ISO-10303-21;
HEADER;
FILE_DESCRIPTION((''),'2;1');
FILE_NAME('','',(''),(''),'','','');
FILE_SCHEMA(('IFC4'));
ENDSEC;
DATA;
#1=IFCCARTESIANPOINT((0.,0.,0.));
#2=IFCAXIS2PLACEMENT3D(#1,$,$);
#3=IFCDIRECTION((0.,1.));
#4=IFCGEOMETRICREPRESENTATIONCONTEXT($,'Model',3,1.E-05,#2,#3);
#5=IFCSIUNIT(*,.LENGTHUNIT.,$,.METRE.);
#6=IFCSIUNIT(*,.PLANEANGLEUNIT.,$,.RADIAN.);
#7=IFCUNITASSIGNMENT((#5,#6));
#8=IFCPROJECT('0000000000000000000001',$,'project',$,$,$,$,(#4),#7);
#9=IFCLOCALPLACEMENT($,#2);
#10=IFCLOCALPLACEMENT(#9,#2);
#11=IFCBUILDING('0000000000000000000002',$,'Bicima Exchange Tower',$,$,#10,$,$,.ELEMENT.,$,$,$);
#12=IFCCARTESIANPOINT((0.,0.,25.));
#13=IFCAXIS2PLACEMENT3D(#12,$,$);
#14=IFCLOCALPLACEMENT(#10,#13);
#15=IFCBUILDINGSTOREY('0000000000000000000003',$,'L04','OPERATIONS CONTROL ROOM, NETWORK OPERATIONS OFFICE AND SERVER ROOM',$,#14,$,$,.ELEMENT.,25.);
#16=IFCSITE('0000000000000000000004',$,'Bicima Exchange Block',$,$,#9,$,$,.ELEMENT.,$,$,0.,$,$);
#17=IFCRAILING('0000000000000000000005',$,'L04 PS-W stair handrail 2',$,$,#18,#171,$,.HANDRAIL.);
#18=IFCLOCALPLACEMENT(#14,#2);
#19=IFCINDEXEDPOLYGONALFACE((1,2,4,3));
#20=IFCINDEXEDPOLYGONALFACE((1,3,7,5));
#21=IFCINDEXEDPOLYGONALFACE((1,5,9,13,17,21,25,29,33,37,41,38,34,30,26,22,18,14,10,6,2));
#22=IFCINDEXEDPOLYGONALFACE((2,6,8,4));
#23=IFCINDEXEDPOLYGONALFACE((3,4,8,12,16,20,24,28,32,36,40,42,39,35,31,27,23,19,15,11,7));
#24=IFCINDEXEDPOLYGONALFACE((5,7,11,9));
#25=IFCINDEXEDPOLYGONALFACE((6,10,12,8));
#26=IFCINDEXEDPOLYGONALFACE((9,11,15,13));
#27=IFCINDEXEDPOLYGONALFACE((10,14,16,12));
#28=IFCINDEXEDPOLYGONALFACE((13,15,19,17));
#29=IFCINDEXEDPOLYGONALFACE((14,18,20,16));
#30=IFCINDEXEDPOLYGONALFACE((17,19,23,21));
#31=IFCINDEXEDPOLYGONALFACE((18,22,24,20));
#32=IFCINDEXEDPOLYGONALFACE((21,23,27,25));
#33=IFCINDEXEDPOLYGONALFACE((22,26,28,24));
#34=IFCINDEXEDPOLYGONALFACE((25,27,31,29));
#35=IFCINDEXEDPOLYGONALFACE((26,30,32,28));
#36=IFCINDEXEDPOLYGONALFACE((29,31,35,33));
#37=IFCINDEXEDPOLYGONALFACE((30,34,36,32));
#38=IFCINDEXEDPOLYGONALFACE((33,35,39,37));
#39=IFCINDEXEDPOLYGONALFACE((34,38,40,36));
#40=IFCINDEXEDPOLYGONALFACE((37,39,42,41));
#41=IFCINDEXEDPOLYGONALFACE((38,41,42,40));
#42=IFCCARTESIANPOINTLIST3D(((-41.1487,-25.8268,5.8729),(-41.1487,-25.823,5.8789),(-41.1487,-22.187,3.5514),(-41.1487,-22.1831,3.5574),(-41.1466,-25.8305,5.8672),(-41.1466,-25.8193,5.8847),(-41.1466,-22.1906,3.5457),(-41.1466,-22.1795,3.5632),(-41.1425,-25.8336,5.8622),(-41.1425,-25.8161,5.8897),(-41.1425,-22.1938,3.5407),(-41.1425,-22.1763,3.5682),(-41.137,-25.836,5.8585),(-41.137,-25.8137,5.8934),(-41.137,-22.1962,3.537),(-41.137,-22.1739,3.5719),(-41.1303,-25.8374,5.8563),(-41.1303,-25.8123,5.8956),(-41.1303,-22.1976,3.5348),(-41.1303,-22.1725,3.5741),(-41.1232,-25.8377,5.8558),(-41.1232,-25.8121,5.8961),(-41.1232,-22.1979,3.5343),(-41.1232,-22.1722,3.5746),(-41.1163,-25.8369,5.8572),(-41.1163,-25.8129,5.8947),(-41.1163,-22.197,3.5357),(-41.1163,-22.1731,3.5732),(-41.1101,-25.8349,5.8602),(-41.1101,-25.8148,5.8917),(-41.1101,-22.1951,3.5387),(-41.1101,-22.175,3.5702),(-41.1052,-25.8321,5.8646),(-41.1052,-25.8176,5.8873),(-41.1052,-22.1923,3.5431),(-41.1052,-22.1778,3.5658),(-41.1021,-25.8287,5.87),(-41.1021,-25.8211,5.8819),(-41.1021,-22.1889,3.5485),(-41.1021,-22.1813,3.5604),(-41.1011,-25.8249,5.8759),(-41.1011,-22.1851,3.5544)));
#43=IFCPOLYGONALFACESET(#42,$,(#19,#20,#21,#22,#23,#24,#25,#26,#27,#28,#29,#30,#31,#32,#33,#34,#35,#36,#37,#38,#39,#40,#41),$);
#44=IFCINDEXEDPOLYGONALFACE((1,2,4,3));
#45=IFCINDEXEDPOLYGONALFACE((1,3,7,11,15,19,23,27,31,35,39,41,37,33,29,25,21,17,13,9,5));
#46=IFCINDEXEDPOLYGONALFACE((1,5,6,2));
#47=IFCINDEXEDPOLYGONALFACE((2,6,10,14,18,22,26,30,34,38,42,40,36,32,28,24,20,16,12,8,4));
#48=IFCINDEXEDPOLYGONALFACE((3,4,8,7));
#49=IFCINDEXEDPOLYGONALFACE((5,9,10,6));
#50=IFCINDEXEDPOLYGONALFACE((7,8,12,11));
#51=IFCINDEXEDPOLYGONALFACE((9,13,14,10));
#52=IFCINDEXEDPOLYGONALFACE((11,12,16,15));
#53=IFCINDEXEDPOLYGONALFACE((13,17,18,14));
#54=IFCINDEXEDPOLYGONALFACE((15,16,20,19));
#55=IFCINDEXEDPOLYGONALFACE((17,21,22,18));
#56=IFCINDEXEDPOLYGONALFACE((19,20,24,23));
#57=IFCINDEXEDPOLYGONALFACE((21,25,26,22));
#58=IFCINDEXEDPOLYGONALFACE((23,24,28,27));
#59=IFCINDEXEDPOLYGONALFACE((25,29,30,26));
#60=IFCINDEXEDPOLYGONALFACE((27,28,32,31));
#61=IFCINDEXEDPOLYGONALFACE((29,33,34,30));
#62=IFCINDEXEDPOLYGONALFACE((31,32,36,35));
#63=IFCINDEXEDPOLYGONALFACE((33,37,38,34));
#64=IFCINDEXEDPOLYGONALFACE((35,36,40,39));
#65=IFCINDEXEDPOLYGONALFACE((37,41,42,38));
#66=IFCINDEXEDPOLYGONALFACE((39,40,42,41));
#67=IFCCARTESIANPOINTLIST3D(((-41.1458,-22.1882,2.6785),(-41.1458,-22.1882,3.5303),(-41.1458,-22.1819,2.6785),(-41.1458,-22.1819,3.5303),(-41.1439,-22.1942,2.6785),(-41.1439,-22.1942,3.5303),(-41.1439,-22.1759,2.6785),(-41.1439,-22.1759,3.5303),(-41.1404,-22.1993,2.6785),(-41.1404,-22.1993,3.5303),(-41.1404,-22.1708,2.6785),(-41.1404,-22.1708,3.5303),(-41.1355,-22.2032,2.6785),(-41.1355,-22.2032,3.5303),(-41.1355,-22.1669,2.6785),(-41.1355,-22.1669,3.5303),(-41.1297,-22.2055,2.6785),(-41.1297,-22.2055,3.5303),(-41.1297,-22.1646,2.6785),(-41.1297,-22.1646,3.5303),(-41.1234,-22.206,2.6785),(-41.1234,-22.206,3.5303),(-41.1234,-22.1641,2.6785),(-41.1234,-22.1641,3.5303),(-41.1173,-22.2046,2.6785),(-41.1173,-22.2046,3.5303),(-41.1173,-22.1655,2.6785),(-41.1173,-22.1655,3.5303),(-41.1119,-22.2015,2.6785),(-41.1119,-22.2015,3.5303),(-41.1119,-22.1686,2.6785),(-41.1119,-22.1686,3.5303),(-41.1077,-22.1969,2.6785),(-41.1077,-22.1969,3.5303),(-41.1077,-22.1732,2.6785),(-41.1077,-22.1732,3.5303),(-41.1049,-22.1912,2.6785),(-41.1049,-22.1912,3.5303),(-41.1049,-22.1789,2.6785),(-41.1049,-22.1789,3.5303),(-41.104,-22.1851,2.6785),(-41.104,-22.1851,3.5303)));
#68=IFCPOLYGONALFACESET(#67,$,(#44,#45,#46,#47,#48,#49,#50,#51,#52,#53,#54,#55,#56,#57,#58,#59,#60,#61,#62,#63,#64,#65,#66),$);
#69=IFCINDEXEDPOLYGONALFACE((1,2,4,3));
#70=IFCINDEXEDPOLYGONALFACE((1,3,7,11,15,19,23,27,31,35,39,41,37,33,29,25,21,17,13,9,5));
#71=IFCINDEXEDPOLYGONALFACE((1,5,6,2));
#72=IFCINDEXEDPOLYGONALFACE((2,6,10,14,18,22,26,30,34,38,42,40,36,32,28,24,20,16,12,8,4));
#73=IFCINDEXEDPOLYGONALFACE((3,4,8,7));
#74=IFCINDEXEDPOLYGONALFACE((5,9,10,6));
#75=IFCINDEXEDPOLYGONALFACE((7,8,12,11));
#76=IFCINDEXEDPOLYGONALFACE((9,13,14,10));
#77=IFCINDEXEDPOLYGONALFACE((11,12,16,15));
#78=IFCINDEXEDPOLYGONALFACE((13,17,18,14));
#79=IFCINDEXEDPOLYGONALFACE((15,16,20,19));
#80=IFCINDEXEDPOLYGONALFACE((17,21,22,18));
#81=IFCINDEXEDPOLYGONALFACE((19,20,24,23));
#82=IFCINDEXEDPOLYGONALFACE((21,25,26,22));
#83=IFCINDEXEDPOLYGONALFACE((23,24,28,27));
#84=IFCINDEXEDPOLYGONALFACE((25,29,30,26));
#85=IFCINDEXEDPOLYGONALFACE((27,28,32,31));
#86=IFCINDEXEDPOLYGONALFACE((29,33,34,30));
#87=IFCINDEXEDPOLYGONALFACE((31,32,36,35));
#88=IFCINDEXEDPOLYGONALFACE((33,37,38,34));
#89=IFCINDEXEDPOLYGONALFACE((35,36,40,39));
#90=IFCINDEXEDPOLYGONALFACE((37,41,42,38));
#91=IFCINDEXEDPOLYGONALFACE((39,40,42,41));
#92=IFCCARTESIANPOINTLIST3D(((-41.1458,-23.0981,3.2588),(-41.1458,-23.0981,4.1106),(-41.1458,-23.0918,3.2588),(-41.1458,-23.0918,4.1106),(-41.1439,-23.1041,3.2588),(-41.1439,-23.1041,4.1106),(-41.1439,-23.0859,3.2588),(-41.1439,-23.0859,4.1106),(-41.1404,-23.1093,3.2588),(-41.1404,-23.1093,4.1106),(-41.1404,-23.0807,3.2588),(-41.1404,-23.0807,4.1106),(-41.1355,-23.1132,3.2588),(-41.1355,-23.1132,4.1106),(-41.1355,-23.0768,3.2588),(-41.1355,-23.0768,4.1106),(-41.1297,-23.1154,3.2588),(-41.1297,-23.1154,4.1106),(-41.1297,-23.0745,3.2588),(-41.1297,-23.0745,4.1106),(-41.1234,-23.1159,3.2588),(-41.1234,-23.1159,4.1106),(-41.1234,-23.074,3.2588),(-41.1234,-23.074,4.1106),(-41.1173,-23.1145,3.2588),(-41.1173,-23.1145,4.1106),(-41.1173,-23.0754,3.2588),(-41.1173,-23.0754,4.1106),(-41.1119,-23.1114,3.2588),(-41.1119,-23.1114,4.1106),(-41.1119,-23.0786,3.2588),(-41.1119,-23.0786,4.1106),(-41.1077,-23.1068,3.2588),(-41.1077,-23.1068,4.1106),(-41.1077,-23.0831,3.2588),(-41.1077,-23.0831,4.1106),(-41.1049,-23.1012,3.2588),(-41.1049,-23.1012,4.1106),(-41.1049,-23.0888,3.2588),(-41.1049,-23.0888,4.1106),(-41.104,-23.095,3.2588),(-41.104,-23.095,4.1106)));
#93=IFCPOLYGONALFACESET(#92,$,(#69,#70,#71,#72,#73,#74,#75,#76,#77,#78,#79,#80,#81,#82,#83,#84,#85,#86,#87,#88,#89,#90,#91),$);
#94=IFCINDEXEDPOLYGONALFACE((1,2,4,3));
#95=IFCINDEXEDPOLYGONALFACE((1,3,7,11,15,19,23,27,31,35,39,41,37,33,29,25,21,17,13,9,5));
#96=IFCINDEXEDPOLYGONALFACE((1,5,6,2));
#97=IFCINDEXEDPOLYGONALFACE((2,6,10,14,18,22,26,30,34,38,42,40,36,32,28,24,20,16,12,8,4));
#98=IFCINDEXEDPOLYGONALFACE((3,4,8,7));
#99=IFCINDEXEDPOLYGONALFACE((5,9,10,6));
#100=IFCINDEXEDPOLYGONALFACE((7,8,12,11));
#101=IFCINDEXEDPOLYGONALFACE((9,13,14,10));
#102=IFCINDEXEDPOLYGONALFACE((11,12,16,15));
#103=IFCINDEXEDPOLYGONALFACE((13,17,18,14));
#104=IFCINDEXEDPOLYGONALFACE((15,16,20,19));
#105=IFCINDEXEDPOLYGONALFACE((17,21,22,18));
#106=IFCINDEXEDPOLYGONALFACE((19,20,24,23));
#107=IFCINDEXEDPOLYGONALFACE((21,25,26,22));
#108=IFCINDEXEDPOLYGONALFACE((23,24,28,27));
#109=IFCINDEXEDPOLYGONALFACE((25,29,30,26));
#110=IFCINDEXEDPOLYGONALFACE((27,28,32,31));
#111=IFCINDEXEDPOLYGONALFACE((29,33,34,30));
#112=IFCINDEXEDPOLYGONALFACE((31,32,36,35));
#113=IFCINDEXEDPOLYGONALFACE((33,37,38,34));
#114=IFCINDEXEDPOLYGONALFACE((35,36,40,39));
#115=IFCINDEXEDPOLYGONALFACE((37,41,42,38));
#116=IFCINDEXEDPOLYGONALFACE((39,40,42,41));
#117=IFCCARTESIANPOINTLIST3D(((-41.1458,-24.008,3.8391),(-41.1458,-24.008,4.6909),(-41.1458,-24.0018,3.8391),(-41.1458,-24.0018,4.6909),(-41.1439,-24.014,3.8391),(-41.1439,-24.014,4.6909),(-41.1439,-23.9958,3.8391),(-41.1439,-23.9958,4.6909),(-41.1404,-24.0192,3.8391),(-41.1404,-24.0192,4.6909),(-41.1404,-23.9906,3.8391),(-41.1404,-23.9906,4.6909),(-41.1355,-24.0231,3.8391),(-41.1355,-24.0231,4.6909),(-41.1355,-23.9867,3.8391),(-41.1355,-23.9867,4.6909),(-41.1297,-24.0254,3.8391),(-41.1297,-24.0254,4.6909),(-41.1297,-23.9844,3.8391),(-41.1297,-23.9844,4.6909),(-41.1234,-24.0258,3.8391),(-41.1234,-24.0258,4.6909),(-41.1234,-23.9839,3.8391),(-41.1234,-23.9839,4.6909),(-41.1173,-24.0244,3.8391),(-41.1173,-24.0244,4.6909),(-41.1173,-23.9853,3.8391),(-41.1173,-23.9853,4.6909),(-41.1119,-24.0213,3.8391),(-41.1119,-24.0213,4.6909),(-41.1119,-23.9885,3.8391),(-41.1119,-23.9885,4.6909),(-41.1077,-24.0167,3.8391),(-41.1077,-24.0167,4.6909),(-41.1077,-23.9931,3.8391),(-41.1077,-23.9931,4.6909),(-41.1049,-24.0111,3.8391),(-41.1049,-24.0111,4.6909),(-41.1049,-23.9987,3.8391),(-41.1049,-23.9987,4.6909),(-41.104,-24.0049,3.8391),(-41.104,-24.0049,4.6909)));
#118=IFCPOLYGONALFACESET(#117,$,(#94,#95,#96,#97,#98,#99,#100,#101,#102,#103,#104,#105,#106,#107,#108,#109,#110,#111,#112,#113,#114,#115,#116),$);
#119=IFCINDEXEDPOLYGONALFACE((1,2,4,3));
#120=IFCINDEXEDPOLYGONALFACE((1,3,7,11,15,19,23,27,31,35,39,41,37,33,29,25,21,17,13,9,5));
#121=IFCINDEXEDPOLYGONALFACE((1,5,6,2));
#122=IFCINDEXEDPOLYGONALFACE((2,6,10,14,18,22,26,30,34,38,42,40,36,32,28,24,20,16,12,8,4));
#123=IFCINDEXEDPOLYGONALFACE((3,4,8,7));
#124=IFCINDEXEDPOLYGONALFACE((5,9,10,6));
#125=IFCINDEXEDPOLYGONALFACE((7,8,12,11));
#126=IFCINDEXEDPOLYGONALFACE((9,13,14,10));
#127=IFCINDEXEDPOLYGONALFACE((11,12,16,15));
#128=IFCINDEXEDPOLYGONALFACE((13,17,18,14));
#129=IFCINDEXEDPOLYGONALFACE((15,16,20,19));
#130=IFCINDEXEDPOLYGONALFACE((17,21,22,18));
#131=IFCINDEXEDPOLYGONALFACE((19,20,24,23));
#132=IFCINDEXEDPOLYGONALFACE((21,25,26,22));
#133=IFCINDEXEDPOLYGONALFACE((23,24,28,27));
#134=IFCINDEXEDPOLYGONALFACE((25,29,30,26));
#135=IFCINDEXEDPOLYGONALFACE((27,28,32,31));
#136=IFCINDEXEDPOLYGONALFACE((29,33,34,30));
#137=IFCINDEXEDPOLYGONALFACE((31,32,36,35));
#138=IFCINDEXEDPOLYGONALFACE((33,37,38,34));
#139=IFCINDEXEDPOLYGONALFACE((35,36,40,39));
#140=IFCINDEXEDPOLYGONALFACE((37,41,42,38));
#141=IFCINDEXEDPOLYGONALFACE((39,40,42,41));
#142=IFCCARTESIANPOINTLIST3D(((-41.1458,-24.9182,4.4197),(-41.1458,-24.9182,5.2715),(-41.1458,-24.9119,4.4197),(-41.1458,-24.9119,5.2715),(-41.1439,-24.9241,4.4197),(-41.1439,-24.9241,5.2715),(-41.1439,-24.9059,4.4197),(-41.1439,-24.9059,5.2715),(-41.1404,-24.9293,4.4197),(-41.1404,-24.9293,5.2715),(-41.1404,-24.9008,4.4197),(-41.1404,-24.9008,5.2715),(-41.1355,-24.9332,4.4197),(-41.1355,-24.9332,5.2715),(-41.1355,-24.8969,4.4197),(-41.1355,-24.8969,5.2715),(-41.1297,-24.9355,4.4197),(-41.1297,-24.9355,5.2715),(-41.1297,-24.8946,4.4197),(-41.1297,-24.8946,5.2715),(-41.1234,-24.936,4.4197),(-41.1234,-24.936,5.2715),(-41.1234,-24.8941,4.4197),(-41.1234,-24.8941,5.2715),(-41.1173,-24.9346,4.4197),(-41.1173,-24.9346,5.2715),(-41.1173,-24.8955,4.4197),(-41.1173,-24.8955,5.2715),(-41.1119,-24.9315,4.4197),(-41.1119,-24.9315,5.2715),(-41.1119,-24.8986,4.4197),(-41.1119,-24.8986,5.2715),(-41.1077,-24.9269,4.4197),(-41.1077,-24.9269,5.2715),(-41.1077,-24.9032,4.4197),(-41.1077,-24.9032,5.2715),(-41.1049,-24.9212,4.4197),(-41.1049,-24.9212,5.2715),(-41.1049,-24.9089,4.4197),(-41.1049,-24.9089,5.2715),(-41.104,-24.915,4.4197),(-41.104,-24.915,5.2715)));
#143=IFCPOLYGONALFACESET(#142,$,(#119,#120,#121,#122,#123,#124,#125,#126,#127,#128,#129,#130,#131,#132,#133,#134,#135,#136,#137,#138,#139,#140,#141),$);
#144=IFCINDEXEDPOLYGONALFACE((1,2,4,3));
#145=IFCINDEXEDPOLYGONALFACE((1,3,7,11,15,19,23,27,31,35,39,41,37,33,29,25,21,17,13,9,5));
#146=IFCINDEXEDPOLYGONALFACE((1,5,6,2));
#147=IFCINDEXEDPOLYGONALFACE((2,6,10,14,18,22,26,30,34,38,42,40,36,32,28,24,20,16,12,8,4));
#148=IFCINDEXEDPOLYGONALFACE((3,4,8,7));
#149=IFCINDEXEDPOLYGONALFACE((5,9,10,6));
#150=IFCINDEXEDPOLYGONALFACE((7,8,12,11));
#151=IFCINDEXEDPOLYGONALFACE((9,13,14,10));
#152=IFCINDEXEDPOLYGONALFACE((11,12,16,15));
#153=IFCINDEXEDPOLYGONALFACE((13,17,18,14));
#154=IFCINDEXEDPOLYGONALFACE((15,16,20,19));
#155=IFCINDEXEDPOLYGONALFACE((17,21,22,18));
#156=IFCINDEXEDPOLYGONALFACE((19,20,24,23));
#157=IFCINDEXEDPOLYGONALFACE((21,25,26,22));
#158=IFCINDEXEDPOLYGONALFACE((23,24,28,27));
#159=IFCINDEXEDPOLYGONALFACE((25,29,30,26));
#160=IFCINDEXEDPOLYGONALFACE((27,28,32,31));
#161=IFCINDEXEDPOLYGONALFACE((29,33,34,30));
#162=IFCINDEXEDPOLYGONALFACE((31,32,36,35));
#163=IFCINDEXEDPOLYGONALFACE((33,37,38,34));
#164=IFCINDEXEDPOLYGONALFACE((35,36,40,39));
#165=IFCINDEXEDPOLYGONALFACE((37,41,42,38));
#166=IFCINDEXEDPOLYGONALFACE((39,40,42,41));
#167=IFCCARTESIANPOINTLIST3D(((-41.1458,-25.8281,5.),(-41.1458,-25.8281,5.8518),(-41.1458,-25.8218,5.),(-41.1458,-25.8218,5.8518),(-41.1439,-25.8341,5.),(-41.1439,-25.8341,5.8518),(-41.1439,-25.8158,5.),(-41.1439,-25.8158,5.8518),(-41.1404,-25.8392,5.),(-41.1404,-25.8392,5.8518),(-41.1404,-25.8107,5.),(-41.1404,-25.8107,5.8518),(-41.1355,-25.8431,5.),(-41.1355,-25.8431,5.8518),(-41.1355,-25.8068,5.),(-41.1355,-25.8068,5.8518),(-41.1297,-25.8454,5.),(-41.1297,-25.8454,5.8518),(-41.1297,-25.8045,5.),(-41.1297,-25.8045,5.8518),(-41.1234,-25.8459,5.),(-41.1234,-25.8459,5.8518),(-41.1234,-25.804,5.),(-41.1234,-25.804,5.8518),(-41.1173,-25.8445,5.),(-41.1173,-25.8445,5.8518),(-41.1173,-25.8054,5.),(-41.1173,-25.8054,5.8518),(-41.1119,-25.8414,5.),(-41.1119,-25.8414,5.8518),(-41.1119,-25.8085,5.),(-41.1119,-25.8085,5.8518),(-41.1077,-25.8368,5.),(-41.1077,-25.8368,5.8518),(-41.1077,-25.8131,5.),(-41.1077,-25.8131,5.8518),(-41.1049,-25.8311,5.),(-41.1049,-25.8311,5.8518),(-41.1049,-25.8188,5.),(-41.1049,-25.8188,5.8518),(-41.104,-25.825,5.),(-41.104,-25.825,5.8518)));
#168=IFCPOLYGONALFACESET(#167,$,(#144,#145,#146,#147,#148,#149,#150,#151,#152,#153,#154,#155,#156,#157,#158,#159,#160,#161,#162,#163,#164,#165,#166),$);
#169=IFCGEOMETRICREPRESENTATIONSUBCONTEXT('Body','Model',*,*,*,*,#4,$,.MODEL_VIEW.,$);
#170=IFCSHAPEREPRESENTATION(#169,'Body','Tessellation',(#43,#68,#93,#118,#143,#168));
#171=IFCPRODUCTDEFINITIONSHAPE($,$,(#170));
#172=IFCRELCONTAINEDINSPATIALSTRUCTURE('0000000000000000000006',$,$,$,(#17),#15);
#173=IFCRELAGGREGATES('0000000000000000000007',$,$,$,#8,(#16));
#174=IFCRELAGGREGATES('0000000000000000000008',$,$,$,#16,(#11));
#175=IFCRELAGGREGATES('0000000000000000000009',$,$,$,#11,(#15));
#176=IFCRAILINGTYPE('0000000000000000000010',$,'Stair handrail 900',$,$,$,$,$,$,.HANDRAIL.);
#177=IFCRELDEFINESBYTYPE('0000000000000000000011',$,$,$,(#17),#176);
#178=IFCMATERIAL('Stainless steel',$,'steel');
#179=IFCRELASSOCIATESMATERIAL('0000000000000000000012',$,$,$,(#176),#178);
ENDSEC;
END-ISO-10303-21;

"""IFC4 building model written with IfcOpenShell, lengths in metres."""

from ifc_helpers import new_model, si_unit, direction, frame, origin, origin_2d, place, context, subcontext, project, spatial, circle, extrude, material, type_object, element, save


model = new_model("IFC4")

# Units and contexts
model_context = context("Model", 3, precision=1e-05, world=origin(), true_north=direction((0.0, 1.0)))
body_context = subcontext(model_context, "Body", "Model", "MODEL_VIEW")
ifc_project = project(units=[si_unit("LENGTHUNIT", "METRE"), si_unit("PLANEANGLEUNIT", "RADIAN")], contexts=[model_context])

# Site, building, storey
site_placement = place(None, origin())
site = spatial("IfcSite", under=ifc_project, at=site_placement, Name="Bicima Exchange Block", CompositionType="ELEMENT", RefElevation=0.0)
building_placement = place(site_placement, origin())
building = spatial("IfcBuilding", under=site, at=building_placement, Name="Bicima Exchange Tower", CompositionType="ELEMENT")
storey_placement = place(building_placement, frame((0.0, 0.0, 25.0)))
storey = spatial("IfcBuildingStorey", under=building, at=storey_placement, Name="L04", Description="OPERATIONS CONTROL ROOM, NETWORK OPERATIONS OFFICE AND SERVER ROOM", CompositionType="ELEMENT", Elevation=25.0)

# Railing
ifc_material_1 = material(Name="Stainless steel", Category="steel")
railing_type_1 = type_object("IfcRailingType", Name="Stair handrail 900", PredefinedType="HANDRAIL", material=ifc_material_1)
railing_1_placement = place(storey_placement, frame((-41.125, -22.1851, 2.6785)))
element("IfcRailing", 1, at=railing_1_placement, inside=storey, type_object=railing_type_1, Name="L04 PS-W stair handrail 2", PredefinedType="HANDRAIL", context=body_context, shape_type="SweptSolid", body=[
    extrude(circle(Radius=0.0239, at=origin_2d()), frame((0.0, 0.0, 0.876), z_axis=(0.0, -0.843112, 0.537739), x_axis=(1.0, 0.0, 0.0)), (0.0, 0.0, 1.0), 4.3171),
    extrude(circle(Radius=0.021, at=origin_2d()), origin(), (0.0, 0.0, 1.0), 0.8518),
    extrude(circle(Radius=0.021, at=origin_2d()), frame((0.0, -0.9099, 0.5803)), (0.0, 0.0, 1.0), 0.8518),
    extrude(circle(Radius=0.021, at=origin_2d()), frame((0.0, -1.8198, 1.1606)), (0.0, 0.0, 1.0), 0.8518),
    extrude(circle(Radius=0.021, at=origin_2d()), frame((0.0, -2.73, 1.7412)), (0.0, 0.0, 1.0), 0.8518),
    extrude(circle(Radius=0.021, at=origin_2d()), frame((0.0, -3.6399, 2.3215)), (0.0, 0.0, 1.0), 0.8518),
])

save(model, "model.ifc")
